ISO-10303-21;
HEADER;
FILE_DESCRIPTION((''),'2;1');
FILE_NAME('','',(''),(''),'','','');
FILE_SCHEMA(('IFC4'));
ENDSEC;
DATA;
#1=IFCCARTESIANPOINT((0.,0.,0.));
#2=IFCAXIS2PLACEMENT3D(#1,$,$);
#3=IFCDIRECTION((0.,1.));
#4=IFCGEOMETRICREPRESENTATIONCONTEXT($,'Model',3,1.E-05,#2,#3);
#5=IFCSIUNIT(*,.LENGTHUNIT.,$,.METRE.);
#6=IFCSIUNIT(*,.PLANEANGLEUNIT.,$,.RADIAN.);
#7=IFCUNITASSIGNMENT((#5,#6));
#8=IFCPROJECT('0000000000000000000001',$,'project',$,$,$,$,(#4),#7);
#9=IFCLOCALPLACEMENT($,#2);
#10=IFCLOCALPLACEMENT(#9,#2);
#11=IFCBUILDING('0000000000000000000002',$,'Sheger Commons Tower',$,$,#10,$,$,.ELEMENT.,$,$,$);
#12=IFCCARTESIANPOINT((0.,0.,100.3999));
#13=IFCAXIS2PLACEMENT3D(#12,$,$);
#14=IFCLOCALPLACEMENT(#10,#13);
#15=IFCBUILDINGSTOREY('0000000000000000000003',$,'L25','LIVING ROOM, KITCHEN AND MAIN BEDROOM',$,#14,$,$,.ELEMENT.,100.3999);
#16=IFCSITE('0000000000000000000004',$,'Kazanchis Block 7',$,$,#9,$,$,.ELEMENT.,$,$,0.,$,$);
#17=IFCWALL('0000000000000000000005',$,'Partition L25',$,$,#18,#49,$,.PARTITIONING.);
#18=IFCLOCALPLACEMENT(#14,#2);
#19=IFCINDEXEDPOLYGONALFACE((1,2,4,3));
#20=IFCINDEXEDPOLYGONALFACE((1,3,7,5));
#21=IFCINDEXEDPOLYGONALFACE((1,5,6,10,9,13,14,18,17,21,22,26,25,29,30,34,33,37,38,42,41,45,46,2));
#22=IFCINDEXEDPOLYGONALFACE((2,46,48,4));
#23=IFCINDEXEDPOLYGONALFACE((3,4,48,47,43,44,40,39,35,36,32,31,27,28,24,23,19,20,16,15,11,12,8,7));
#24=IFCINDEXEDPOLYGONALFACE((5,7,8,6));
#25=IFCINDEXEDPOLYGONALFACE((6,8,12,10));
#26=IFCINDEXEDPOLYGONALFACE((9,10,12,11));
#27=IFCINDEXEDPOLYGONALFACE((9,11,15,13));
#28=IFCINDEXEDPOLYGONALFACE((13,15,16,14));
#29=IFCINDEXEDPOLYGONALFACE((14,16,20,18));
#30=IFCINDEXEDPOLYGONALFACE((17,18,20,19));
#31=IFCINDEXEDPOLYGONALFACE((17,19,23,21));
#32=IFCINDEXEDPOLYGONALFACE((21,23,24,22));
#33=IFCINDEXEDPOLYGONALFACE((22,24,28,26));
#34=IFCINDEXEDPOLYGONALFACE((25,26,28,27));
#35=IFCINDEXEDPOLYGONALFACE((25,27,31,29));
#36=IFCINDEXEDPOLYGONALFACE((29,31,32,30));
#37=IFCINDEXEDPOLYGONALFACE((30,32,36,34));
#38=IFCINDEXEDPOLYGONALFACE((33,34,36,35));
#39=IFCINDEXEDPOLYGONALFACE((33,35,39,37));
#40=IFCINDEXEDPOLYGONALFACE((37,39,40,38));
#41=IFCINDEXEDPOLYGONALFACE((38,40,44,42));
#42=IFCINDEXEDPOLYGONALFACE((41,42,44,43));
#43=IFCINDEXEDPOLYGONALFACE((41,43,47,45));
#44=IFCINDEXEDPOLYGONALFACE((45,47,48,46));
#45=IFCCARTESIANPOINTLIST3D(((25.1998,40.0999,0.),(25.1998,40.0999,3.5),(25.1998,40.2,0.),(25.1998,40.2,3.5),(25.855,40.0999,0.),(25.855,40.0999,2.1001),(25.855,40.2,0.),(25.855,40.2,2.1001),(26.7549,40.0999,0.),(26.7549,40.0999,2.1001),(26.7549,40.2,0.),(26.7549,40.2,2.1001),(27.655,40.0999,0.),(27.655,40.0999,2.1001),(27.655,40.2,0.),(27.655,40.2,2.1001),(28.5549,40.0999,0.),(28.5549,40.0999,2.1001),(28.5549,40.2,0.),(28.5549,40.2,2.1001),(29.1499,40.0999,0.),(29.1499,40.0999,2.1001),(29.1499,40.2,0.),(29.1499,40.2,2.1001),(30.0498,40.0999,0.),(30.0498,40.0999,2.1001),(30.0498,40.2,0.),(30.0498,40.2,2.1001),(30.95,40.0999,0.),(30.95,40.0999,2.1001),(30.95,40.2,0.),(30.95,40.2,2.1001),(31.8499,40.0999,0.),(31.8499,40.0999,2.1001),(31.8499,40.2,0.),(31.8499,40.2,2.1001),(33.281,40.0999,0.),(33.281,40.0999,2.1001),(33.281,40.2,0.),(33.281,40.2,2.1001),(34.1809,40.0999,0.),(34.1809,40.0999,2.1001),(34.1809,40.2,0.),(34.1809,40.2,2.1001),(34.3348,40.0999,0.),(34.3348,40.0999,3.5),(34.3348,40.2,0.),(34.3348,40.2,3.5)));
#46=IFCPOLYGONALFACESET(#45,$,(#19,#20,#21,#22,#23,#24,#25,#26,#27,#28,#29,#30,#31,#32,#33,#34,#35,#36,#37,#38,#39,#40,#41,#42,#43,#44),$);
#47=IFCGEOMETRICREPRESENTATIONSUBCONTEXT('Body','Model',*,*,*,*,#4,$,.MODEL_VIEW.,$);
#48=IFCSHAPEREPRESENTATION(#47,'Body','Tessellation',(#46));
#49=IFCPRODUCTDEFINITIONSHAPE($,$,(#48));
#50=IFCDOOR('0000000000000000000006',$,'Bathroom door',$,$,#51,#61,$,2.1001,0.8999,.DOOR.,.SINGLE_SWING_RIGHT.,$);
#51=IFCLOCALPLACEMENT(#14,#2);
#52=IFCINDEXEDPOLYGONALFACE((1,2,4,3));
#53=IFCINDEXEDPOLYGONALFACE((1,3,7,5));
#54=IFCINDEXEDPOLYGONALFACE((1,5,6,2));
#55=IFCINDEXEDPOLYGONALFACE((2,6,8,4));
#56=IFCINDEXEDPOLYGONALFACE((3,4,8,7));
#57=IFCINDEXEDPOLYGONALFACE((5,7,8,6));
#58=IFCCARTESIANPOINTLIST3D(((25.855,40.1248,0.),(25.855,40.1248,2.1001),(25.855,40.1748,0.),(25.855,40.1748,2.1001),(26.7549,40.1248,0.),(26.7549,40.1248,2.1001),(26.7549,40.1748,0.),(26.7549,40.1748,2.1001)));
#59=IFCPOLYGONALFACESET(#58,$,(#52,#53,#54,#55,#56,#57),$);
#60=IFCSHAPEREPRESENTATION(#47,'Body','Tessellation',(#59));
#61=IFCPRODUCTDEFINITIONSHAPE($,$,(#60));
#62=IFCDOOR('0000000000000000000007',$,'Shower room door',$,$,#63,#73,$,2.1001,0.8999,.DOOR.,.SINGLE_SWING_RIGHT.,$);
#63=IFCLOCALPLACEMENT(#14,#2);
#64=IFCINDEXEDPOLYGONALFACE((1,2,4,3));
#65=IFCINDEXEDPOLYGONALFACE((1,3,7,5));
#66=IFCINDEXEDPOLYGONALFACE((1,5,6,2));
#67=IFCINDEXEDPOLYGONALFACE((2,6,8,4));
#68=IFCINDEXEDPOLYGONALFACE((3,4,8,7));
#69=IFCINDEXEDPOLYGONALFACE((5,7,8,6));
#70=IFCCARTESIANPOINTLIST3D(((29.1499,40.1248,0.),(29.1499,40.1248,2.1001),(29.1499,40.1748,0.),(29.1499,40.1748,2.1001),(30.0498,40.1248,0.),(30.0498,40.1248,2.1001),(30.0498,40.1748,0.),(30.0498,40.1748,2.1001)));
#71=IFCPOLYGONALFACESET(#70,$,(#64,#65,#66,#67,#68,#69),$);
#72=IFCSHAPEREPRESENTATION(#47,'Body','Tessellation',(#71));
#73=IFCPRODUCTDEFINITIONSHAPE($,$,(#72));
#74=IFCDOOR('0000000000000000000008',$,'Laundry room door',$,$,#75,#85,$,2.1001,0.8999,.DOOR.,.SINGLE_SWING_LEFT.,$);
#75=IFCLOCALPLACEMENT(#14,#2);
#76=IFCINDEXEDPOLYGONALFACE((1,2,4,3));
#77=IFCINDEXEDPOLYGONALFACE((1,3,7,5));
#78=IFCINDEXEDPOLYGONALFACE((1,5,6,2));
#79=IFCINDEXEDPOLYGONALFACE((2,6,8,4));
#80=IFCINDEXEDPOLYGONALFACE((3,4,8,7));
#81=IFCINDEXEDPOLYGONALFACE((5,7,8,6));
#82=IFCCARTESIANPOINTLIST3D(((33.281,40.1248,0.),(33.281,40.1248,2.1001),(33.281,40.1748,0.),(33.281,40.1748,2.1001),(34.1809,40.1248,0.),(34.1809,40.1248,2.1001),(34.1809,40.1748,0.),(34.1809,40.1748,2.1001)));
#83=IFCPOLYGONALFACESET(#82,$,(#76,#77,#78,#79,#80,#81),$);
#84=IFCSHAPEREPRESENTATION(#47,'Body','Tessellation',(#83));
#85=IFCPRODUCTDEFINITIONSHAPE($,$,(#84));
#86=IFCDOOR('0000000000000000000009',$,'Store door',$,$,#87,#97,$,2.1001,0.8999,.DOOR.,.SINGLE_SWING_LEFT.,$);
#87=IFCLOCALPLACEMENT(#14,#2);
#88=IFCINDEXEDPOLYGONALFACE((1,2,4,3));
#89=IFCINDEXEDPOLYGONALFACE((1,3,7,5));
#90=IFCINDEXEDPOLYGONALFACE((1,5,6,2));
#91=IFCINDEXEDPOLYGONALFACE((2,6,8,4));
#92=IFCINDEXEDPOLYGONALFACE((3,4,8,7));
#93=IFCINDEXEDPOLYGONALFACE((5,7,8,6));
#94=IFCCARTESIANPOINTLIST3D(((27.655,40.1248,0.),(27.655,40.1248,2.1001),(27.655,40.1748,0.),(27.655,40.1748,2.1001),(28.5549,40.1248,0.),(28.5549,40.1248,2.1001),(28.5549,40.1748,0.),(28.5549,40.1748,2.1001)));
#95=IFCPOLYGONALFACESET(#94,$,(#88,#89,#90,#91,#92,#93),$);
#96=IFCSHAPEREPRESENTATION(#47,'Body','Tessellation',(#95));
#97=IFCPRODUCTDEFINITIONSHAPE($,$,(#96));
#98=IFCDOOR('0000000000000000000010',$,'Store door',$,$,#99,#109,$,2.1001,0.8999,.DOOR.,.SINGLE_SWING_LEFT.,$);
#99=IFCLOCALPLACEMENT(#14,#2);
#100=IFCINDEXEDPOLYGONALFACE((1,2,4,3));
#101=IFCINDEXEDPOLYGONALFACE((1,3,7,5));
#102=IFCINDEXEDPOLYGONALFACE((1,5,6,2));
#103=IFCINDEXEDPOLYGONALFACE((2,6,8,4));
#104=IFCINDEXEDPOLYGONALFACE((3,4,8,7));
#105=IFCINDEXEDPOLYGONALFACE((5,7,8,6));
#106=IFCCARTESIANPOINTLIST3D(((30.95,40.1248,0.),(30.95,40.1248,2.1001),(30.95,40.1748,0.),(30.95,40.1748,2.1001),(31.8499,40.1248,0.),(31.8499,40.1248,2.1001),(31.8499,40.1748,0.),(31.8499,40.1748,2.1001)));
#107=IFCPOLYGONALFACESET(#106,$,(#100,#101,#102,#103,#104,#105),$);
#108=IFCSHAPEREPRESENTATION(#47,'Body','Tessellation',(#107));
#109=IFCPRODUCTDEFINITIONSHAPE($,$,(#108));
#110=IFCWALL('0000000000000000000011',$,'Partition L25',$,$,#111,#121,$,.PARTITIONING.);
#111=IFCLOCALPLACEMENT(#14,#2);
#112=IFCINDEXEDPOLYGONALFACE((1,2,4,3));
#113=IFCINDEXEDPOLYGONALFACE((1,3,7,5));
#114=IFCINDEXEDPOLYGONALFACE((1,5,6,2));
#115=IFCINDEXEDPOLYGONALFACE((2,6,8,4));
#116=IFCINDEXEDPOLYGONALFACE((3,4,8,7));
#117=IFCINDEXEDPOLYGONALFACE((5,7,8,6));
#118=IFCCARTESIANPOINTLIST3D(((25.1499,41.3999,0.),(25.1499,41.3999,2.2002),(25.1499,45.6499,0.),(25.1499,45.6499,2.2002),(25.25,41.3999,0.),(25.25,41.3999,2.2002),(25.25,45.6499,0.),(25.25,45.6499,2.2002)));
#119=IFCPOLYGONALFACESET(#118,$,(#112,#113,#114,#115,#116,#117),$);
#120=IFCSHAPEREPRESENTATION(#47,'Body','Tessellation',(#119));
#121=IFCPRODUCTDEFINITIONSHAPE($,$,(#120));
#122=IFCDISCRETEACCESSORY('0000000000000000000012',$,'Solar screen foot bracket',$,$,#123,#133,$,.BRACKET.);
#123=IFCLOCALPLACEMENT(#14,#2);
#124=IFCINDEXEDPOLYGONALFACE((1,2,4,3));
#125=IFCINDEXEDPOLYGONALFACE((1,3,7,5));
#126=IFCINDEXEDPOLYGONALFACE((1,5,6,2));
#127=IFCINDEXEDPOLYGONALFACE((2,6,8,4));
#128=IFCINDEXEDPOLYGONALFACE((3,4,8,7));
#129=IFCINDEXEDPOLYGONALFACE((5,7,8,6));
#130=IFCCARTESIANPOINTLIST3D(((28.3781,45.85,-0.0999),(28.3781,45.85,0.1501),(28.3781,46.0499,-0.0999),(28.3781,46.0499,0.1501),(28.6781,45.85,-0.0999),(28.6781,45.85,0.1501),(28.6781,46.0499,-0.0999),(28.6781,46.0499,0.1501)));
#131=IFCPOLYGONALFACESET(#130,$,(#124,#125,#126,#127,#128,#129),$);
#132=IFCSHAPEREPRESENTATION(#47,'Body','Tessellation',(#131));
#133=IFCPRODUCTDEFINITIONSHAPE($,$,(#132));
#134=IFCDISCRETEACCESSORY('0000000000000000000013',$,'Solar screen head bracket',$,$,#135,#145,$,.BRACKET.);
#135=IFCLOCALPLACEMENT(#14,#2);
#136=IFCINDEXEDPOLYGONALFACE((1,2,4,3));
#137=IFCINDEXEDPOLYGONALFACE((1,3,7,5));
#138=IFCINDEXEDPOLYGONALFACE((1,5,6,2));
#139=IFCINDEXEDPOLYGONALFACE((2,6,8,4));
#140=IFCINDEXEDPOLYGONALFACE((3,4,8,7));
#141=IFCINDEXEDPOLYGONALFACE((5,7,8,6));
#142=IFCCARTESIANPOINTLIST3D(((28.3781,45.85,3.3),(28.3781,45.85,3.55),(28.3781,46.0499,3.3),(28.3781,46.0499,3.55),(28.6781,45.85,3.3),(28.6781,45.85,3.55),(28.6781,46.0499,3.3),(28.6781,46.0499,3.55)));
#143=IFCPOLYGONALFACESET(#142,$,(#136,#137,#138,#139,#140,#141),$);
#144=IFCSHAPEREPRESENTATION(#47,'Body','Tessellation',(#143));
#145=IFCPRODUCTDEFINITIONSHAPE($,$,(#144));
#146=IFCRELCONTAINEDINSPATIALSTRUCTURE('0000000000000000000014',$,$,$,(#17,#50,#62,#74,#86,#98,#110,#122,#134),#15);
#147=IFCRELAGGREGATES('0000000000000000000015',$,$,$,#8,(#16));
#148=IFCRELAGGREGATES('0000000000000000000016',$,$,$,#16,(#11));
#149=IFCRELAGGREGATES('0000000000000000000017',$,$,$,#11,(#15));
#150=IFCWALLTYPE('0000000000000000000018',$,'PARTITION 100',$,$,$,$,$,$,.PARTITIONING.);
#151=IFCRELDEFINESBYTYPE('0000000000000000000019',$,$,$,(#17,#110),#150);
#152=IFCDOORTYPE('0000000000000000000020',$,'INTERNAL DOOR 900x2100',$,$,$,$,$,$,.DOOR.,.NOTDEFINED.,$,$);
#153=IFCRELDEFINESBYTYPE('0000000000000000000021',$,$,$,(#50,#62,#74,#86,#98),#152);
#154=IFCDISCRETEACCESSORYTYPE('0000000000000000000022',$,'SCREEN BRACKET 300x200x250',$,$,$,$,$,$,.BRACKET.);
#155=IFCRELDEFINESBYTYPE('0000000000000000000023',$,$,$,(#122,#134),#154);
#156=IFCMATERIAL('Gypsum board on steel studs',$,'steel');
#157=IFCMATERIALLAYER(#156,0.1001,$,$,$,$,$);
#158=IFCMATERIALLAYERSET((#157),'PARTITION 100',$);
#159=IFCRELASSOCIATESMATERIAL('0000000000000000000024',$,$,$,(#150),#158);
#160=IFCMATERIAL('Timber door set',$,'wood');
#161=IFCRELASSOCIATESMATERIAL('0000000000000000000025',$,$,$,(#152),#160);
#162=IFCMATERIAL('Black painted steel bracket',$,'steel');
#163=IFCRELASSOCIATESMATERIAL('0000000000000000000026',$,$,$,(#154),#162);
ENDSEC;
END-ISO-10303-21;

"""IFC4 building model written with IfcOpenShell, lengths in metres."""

from ifc_helpers import new_model, si_unit, direction, frame, frame_2d, origin, origin_2d, place, context, subcontext, project, spatial, rectangle, extrude, material, layer, layer_set, type_object, element, fill, save


model = new_model("IFC4")

# Units and contexts
model_context = context("Model", 3, precision=1e-05, world=origin(), true_north=direction((0.0, 1.0)))
body_context = subcontext(model_context, "Body", "Model", "MODEL_VIEW")
ifc_project = project(units=[si_unit("LENGTHUNIT", "METRE"), si_unit("PLANEANGLEUNIT", "RADIAN")], contexts=[model_context])

# Site, building, storey
site_placement = place(None, origin())
site = spatial("IfcSite", under=ifc_project, at=site_placement, Name="Kazanchis Block 7", CompositionType="ELEMENT", RefElevation=0.0)
building_placement = place(site_placement, origin())
building = spatial("IfcBuilding", under=site, at=building_placement, Name="Sheger Commons Tower", CompositionType="ELEMENT")
storey_placement = place(building_placement, frame((0.0, 0.0, 100.3999)))
storey = spatial("IfcBuildingStorey", under=building, at=storey_placement, Name="L25", Description="LIVING ROOM, KITCHEN AND MAIN BEDROOM", CompositionType="ELEMENT", Elevation=100.3999)

# Wall, openings, doors
ifc_material_1 = material(Name="Gypsum board on steel studs", Category="steel")
ifc_layer_1 = layer(ifc_material_1, 0.1001)
ifc_layer_set_1 = layer_set([ifc_layer_1], Name="PARTITION 100")
wall_type_1 = type_object("IfcWallType", Name="PARTITION 100", PredefinedType="PARTITIONING", material=ifc_layer_set_1)
ifc_material_2 = material(Name="Timber door set", Category="wood")
door_type = type_object("IfcDoorType", Name="INTERNAL DOOR 900x2100", OperationType="NOTDEFINED", PredefinedType="DOOR", material=ifc_material_2)
wall_1_placement = place(storey_placement, frame((25.2, 40.1499, 0.0), z_axis=(0.0, 0.0, 1.0), x_axis=(1.0, 0.0, 0.0)))
wall_1 = element("IfcWall", 1, at=wall_1_placement, inside=storey, type_object=wall_type_1, Name="Partition L25", PredefinedType="PARTITIONING", context=body_context, shape_type="SweptSolid", body=[
    extrude(rectangle(XDim=9.135, YDim=0.1001, at=frame_2d((4.5674, 0.0))), origin(), (0.0, 0.0, 1.0), 3.5),
])
opening_1_placement = place(wall_1_placement, frame((0.655, 0.0, 0.0)))
opening_1 = element("IfcOpeningElement", 2, at=opening_1_placement, cuts=wall_1, PredefinedType="OPENING", context=body_context, shape_type="SweptSolid", body=[
    extrude(rectangle(XDim=0.8999, YDim=2.1001, at=frame_2d((0.45, 1.05))), frame((0.0, 0.0601, 0.0), z_axis=(0.0, -1.0, 0.0), x_axis=(1.0, 0.0, 0.0)), (0.0, 0.0, 1.0), 0.1201),
])
opening_2_placement = place(wall_1_placement, frame((3.95, 0.0, 0.0)))
opening_2 = element("IfcOpeningElement", 3, at=opening_2_placement, cuts=wall_1, PredefinedType="OPENING", context=body_context, shape_type="SweptSolid", body=[
    extrude(rectangle(XDim=0.8999, YDim=2.1001, at=frame_2d((0.45, 1.05))), frame((0.0, 0.0601, 0.0), z_axis=(0.0, -1.0, 0.0), x_axis=(1.0, 0.0, 0.0)), (0.0, 0.0, 1.0), 0.1201),
])
opening_3_placement = place(wall_1_placement, frame((8.0811, 0.0, 0.0)))
opening_3 = element("IfcOpeningElement", 4, at=opening_3_placement, cuts=wall_1, PredefinedType="OPENING", context=body_context, shape_type="SweptSolid", body=[
    extrude(rectangle(XDim=0.8999, YDim=2.1001, at=frame_2d((0.45, 1.05))), frame((0.0, 0.0601, 0.0), z_axis=(0.0, -1.0, 0.0), x_axis=(1.0, 0.0, 0.0)), (0.0, 0.0, 1.0), 0.1201),
])
opening_4_placement = place(wall_1_placement, frame((2.4551, 0.0, 0.0)))
opening_4 = element("IfcOpeningElement", 5, at=opening_4_placement, cuts=wall_1, PredefinedType="OPENING", context=body_context, shape_type="SweptSolid", body=[
    extrude(rectangle(XDim=0.8999, YDim=2.1001, at=frame_2d((0.45, 1.05))), frame((0.0, 0.0601, 0.0), z_axis=(0.0, -1.0, 0.0), x_axis=(1.0, 0.0, 0.0)), (0.0, 0.0, 1.0), 0.1201),
])
opening_5_placement = place(wall_1_placement, frame((5.75, 0.0, 0.0)))
opening_5 = element("IfcOpeningElement", 6, at=opening_5_placement, cuts=wall_1, PredefinedType="OPENING", context=body_context, shape_type="SweptSolid", body=[
    extrude(rectangle(XDim=0.8999, YDim=2.1001, at=frame_2d((0.45, 1.05))), frame((0.0, 0.0601, 0.0), z_axis=(0.0, -1.0, 0.0), x_axis=(1.0, 0.0, 0.0)), (0.0, 0.0, 1.0), 0.1201),
])
door_1_placement = place(opening_1_placement, origin())
door_1 = element("IfcDoor", 7, at=door_1_placement, inside=storey, type_object=door_type, Name="Bathroom door", OperationType="SINGLE_SWING_RIGHT", OverallHeight=2.1001, OverallWidth=0.8999, PredefinedType="DOOR", context=body_context, shape_type="SweptSolid", body=[
    extrude(rectangle(XDim=0.8999, YDim=2.1001, at=frame_2d((0.45, 1.05))), frame((0.0, 0.0249, 0.0), z_axis=(0.0, -1.0, 0.0), x_axis=(1.0, 0.0, 0.0)), (0.0, 0.0, 1.0), 0.05),
])
fill(opening_1, door_1)
door_2_placement = place(opening_2_placement, origin())
door_2 = element("IfcDoor", 8, at=door_2_placement, inside=storey, type_object=door_type, Name="Shower room door", OperationType="SINGLE_SWING_RIGHT", OverallHeight=2.1001, OverallWidth=0.8999, PredefinedType="DOOR", context=body_context, shape_type="SweptSolid", body=[
    extrude(rectangle(XDim=0.8999, YDim=2.1001, at=frame_2d((0.45, 1.05))), frame((0.0, 0.0249, 0.0), z_axis=(0.0, -1.0, 0.0), x_axis=(1.0, 0.0, 0.0)), (0.0, 0.0, 1.0), 0.05),
])
fill(opening_2, door_2)
door_3_placement = place(opening_3_placement, origin())
door_3 = element("IfcDoor", 9, at=door_3_placement, inside=storey, type_object=door_type, Name="Laundry room door", OperationType="SINGLE_SWING_LEFT", OverallHeight=2.1001, OverallWidth=0.8999, PredefinedType="DOOR", context=body_context, shape_type="SweptSolid", body=[
    extrude(rectangle(XDim=0.8999, YDim=2.1001, at=frame_2d((0.45, 1.05))), frame((0.0, 0.0249, 0.0), z_axis=(0.0, -1.0, 0.0), x_axis=(1.0, 0.0, 0.0)), (0.0, 0.0, 1.0), 0.05),
])
fill(opening_3, door_3)
door_4_placement = place(opening_4_placement, origin())
door_4 = element("IfcDoor", 10, at=door_4_placement, inside=storey, type_object=door_type, Name="Store door", OperationType="SINGLE_SWING_LEFT", OverallHeight=2.1001, OverallWidth=0.8999, PredefinedType="DOOR", context=body_context, shape_type="SweptSolid", body=[
    extrude(rectangle(XDim=0.8999, YDim=2.1001, at=frame_2d((0.45, 1.05))), frame((0.0, 0.0249, 0.0), z_axis=(0.0, -1.0, 0.0), x_axis=(1.0, 0.0, 0.0)), (0.0, 0.0, 1.0), 0.05),
])
fill(opening_4, door_4)
door_5_placement = place(opening_5_placement, origin())
door_5 = element("IfcDoor", 11, at=door_5_placement, inside=storey, type_object=door_type, Name="Store door", OperationType="SINGLE_SWING_LEFT", OverallHeight=2.1001, OverallWidth=0.8999, PredefinedType="DOOR", context=body_context, shape_type="SweptSolid", body=[
    extrude(rectangle(XDim=0.8999, YDim=2.1001, at=frame_2d((0.45, 1.05))), frame((0.0, 0.0249, 0.0), z_axis=(0.0, -1.0, 0.0), x_axis=(1.0, 0.0, 0.0)), (0.0, 0.0, 1.0), 0.05),
])
fill(opening_5, door_5)

# Wall
wall_2_placement = place(storey_placement, frame((25.2, 41.3999, 0.0), z_axis=(0.0, 0.0, 1.0), x_axis=(0.0, 1.0, 0.0)))
element("IfcWall", 12, at=wall_2_placement, inside=storey, type_object=wall_type_1, Name="Partition L25", PredefinedType="PARTITIONING", context=body_context, shape_type="SweptSolid", body=[
    extrude(rectangle(XDim=4.25, YDim=0.1001, at=frame_2d((2.125, 0.0))), origin(), (0.0, 0.0, 1.0), 2.2002),
])

# Discrete accessories
ifc_material_3 = material(Name="Black painted steel bracket", Category="steel")
discrete_accessory_type = type_object("IfcDiscreteAccessoryType", Name="SCREEN BRACKET 300x200x250", PredefinedType="BRACKET", material=ifc_material_3)
for number, where, z_axis, x_axis, name in (
    (13, (28.5281, 45.95, -0.0999), (0.0, 0.0, 1.0), (-1.0, 0.0, 0.0), "Solar screen foot bracket"),
    (14, (28.5281, 45.95, 3.3), (0.0, 0.0, 1.0), (-1.0, 0.0, 0.0), "Solar screen head bracket"),
):
    element("IfcDiscreteAccessory", number, at=place(storey_placement, frame(where, z_axis=z_axis, x_axis=x_axis)), inside=storey, type_object=discrete_accessory_type, Name=name, PredefinedType="BRACKET", context=body_context, shape_type="SweptSolid", body=[
        extrude(rectangle(XDim=0.3, YDim=0.2, at=origin_2d()), origin(), (0.0, 0.0, 1.0), 0.25),
    ])

save(model, "model.ifc")
